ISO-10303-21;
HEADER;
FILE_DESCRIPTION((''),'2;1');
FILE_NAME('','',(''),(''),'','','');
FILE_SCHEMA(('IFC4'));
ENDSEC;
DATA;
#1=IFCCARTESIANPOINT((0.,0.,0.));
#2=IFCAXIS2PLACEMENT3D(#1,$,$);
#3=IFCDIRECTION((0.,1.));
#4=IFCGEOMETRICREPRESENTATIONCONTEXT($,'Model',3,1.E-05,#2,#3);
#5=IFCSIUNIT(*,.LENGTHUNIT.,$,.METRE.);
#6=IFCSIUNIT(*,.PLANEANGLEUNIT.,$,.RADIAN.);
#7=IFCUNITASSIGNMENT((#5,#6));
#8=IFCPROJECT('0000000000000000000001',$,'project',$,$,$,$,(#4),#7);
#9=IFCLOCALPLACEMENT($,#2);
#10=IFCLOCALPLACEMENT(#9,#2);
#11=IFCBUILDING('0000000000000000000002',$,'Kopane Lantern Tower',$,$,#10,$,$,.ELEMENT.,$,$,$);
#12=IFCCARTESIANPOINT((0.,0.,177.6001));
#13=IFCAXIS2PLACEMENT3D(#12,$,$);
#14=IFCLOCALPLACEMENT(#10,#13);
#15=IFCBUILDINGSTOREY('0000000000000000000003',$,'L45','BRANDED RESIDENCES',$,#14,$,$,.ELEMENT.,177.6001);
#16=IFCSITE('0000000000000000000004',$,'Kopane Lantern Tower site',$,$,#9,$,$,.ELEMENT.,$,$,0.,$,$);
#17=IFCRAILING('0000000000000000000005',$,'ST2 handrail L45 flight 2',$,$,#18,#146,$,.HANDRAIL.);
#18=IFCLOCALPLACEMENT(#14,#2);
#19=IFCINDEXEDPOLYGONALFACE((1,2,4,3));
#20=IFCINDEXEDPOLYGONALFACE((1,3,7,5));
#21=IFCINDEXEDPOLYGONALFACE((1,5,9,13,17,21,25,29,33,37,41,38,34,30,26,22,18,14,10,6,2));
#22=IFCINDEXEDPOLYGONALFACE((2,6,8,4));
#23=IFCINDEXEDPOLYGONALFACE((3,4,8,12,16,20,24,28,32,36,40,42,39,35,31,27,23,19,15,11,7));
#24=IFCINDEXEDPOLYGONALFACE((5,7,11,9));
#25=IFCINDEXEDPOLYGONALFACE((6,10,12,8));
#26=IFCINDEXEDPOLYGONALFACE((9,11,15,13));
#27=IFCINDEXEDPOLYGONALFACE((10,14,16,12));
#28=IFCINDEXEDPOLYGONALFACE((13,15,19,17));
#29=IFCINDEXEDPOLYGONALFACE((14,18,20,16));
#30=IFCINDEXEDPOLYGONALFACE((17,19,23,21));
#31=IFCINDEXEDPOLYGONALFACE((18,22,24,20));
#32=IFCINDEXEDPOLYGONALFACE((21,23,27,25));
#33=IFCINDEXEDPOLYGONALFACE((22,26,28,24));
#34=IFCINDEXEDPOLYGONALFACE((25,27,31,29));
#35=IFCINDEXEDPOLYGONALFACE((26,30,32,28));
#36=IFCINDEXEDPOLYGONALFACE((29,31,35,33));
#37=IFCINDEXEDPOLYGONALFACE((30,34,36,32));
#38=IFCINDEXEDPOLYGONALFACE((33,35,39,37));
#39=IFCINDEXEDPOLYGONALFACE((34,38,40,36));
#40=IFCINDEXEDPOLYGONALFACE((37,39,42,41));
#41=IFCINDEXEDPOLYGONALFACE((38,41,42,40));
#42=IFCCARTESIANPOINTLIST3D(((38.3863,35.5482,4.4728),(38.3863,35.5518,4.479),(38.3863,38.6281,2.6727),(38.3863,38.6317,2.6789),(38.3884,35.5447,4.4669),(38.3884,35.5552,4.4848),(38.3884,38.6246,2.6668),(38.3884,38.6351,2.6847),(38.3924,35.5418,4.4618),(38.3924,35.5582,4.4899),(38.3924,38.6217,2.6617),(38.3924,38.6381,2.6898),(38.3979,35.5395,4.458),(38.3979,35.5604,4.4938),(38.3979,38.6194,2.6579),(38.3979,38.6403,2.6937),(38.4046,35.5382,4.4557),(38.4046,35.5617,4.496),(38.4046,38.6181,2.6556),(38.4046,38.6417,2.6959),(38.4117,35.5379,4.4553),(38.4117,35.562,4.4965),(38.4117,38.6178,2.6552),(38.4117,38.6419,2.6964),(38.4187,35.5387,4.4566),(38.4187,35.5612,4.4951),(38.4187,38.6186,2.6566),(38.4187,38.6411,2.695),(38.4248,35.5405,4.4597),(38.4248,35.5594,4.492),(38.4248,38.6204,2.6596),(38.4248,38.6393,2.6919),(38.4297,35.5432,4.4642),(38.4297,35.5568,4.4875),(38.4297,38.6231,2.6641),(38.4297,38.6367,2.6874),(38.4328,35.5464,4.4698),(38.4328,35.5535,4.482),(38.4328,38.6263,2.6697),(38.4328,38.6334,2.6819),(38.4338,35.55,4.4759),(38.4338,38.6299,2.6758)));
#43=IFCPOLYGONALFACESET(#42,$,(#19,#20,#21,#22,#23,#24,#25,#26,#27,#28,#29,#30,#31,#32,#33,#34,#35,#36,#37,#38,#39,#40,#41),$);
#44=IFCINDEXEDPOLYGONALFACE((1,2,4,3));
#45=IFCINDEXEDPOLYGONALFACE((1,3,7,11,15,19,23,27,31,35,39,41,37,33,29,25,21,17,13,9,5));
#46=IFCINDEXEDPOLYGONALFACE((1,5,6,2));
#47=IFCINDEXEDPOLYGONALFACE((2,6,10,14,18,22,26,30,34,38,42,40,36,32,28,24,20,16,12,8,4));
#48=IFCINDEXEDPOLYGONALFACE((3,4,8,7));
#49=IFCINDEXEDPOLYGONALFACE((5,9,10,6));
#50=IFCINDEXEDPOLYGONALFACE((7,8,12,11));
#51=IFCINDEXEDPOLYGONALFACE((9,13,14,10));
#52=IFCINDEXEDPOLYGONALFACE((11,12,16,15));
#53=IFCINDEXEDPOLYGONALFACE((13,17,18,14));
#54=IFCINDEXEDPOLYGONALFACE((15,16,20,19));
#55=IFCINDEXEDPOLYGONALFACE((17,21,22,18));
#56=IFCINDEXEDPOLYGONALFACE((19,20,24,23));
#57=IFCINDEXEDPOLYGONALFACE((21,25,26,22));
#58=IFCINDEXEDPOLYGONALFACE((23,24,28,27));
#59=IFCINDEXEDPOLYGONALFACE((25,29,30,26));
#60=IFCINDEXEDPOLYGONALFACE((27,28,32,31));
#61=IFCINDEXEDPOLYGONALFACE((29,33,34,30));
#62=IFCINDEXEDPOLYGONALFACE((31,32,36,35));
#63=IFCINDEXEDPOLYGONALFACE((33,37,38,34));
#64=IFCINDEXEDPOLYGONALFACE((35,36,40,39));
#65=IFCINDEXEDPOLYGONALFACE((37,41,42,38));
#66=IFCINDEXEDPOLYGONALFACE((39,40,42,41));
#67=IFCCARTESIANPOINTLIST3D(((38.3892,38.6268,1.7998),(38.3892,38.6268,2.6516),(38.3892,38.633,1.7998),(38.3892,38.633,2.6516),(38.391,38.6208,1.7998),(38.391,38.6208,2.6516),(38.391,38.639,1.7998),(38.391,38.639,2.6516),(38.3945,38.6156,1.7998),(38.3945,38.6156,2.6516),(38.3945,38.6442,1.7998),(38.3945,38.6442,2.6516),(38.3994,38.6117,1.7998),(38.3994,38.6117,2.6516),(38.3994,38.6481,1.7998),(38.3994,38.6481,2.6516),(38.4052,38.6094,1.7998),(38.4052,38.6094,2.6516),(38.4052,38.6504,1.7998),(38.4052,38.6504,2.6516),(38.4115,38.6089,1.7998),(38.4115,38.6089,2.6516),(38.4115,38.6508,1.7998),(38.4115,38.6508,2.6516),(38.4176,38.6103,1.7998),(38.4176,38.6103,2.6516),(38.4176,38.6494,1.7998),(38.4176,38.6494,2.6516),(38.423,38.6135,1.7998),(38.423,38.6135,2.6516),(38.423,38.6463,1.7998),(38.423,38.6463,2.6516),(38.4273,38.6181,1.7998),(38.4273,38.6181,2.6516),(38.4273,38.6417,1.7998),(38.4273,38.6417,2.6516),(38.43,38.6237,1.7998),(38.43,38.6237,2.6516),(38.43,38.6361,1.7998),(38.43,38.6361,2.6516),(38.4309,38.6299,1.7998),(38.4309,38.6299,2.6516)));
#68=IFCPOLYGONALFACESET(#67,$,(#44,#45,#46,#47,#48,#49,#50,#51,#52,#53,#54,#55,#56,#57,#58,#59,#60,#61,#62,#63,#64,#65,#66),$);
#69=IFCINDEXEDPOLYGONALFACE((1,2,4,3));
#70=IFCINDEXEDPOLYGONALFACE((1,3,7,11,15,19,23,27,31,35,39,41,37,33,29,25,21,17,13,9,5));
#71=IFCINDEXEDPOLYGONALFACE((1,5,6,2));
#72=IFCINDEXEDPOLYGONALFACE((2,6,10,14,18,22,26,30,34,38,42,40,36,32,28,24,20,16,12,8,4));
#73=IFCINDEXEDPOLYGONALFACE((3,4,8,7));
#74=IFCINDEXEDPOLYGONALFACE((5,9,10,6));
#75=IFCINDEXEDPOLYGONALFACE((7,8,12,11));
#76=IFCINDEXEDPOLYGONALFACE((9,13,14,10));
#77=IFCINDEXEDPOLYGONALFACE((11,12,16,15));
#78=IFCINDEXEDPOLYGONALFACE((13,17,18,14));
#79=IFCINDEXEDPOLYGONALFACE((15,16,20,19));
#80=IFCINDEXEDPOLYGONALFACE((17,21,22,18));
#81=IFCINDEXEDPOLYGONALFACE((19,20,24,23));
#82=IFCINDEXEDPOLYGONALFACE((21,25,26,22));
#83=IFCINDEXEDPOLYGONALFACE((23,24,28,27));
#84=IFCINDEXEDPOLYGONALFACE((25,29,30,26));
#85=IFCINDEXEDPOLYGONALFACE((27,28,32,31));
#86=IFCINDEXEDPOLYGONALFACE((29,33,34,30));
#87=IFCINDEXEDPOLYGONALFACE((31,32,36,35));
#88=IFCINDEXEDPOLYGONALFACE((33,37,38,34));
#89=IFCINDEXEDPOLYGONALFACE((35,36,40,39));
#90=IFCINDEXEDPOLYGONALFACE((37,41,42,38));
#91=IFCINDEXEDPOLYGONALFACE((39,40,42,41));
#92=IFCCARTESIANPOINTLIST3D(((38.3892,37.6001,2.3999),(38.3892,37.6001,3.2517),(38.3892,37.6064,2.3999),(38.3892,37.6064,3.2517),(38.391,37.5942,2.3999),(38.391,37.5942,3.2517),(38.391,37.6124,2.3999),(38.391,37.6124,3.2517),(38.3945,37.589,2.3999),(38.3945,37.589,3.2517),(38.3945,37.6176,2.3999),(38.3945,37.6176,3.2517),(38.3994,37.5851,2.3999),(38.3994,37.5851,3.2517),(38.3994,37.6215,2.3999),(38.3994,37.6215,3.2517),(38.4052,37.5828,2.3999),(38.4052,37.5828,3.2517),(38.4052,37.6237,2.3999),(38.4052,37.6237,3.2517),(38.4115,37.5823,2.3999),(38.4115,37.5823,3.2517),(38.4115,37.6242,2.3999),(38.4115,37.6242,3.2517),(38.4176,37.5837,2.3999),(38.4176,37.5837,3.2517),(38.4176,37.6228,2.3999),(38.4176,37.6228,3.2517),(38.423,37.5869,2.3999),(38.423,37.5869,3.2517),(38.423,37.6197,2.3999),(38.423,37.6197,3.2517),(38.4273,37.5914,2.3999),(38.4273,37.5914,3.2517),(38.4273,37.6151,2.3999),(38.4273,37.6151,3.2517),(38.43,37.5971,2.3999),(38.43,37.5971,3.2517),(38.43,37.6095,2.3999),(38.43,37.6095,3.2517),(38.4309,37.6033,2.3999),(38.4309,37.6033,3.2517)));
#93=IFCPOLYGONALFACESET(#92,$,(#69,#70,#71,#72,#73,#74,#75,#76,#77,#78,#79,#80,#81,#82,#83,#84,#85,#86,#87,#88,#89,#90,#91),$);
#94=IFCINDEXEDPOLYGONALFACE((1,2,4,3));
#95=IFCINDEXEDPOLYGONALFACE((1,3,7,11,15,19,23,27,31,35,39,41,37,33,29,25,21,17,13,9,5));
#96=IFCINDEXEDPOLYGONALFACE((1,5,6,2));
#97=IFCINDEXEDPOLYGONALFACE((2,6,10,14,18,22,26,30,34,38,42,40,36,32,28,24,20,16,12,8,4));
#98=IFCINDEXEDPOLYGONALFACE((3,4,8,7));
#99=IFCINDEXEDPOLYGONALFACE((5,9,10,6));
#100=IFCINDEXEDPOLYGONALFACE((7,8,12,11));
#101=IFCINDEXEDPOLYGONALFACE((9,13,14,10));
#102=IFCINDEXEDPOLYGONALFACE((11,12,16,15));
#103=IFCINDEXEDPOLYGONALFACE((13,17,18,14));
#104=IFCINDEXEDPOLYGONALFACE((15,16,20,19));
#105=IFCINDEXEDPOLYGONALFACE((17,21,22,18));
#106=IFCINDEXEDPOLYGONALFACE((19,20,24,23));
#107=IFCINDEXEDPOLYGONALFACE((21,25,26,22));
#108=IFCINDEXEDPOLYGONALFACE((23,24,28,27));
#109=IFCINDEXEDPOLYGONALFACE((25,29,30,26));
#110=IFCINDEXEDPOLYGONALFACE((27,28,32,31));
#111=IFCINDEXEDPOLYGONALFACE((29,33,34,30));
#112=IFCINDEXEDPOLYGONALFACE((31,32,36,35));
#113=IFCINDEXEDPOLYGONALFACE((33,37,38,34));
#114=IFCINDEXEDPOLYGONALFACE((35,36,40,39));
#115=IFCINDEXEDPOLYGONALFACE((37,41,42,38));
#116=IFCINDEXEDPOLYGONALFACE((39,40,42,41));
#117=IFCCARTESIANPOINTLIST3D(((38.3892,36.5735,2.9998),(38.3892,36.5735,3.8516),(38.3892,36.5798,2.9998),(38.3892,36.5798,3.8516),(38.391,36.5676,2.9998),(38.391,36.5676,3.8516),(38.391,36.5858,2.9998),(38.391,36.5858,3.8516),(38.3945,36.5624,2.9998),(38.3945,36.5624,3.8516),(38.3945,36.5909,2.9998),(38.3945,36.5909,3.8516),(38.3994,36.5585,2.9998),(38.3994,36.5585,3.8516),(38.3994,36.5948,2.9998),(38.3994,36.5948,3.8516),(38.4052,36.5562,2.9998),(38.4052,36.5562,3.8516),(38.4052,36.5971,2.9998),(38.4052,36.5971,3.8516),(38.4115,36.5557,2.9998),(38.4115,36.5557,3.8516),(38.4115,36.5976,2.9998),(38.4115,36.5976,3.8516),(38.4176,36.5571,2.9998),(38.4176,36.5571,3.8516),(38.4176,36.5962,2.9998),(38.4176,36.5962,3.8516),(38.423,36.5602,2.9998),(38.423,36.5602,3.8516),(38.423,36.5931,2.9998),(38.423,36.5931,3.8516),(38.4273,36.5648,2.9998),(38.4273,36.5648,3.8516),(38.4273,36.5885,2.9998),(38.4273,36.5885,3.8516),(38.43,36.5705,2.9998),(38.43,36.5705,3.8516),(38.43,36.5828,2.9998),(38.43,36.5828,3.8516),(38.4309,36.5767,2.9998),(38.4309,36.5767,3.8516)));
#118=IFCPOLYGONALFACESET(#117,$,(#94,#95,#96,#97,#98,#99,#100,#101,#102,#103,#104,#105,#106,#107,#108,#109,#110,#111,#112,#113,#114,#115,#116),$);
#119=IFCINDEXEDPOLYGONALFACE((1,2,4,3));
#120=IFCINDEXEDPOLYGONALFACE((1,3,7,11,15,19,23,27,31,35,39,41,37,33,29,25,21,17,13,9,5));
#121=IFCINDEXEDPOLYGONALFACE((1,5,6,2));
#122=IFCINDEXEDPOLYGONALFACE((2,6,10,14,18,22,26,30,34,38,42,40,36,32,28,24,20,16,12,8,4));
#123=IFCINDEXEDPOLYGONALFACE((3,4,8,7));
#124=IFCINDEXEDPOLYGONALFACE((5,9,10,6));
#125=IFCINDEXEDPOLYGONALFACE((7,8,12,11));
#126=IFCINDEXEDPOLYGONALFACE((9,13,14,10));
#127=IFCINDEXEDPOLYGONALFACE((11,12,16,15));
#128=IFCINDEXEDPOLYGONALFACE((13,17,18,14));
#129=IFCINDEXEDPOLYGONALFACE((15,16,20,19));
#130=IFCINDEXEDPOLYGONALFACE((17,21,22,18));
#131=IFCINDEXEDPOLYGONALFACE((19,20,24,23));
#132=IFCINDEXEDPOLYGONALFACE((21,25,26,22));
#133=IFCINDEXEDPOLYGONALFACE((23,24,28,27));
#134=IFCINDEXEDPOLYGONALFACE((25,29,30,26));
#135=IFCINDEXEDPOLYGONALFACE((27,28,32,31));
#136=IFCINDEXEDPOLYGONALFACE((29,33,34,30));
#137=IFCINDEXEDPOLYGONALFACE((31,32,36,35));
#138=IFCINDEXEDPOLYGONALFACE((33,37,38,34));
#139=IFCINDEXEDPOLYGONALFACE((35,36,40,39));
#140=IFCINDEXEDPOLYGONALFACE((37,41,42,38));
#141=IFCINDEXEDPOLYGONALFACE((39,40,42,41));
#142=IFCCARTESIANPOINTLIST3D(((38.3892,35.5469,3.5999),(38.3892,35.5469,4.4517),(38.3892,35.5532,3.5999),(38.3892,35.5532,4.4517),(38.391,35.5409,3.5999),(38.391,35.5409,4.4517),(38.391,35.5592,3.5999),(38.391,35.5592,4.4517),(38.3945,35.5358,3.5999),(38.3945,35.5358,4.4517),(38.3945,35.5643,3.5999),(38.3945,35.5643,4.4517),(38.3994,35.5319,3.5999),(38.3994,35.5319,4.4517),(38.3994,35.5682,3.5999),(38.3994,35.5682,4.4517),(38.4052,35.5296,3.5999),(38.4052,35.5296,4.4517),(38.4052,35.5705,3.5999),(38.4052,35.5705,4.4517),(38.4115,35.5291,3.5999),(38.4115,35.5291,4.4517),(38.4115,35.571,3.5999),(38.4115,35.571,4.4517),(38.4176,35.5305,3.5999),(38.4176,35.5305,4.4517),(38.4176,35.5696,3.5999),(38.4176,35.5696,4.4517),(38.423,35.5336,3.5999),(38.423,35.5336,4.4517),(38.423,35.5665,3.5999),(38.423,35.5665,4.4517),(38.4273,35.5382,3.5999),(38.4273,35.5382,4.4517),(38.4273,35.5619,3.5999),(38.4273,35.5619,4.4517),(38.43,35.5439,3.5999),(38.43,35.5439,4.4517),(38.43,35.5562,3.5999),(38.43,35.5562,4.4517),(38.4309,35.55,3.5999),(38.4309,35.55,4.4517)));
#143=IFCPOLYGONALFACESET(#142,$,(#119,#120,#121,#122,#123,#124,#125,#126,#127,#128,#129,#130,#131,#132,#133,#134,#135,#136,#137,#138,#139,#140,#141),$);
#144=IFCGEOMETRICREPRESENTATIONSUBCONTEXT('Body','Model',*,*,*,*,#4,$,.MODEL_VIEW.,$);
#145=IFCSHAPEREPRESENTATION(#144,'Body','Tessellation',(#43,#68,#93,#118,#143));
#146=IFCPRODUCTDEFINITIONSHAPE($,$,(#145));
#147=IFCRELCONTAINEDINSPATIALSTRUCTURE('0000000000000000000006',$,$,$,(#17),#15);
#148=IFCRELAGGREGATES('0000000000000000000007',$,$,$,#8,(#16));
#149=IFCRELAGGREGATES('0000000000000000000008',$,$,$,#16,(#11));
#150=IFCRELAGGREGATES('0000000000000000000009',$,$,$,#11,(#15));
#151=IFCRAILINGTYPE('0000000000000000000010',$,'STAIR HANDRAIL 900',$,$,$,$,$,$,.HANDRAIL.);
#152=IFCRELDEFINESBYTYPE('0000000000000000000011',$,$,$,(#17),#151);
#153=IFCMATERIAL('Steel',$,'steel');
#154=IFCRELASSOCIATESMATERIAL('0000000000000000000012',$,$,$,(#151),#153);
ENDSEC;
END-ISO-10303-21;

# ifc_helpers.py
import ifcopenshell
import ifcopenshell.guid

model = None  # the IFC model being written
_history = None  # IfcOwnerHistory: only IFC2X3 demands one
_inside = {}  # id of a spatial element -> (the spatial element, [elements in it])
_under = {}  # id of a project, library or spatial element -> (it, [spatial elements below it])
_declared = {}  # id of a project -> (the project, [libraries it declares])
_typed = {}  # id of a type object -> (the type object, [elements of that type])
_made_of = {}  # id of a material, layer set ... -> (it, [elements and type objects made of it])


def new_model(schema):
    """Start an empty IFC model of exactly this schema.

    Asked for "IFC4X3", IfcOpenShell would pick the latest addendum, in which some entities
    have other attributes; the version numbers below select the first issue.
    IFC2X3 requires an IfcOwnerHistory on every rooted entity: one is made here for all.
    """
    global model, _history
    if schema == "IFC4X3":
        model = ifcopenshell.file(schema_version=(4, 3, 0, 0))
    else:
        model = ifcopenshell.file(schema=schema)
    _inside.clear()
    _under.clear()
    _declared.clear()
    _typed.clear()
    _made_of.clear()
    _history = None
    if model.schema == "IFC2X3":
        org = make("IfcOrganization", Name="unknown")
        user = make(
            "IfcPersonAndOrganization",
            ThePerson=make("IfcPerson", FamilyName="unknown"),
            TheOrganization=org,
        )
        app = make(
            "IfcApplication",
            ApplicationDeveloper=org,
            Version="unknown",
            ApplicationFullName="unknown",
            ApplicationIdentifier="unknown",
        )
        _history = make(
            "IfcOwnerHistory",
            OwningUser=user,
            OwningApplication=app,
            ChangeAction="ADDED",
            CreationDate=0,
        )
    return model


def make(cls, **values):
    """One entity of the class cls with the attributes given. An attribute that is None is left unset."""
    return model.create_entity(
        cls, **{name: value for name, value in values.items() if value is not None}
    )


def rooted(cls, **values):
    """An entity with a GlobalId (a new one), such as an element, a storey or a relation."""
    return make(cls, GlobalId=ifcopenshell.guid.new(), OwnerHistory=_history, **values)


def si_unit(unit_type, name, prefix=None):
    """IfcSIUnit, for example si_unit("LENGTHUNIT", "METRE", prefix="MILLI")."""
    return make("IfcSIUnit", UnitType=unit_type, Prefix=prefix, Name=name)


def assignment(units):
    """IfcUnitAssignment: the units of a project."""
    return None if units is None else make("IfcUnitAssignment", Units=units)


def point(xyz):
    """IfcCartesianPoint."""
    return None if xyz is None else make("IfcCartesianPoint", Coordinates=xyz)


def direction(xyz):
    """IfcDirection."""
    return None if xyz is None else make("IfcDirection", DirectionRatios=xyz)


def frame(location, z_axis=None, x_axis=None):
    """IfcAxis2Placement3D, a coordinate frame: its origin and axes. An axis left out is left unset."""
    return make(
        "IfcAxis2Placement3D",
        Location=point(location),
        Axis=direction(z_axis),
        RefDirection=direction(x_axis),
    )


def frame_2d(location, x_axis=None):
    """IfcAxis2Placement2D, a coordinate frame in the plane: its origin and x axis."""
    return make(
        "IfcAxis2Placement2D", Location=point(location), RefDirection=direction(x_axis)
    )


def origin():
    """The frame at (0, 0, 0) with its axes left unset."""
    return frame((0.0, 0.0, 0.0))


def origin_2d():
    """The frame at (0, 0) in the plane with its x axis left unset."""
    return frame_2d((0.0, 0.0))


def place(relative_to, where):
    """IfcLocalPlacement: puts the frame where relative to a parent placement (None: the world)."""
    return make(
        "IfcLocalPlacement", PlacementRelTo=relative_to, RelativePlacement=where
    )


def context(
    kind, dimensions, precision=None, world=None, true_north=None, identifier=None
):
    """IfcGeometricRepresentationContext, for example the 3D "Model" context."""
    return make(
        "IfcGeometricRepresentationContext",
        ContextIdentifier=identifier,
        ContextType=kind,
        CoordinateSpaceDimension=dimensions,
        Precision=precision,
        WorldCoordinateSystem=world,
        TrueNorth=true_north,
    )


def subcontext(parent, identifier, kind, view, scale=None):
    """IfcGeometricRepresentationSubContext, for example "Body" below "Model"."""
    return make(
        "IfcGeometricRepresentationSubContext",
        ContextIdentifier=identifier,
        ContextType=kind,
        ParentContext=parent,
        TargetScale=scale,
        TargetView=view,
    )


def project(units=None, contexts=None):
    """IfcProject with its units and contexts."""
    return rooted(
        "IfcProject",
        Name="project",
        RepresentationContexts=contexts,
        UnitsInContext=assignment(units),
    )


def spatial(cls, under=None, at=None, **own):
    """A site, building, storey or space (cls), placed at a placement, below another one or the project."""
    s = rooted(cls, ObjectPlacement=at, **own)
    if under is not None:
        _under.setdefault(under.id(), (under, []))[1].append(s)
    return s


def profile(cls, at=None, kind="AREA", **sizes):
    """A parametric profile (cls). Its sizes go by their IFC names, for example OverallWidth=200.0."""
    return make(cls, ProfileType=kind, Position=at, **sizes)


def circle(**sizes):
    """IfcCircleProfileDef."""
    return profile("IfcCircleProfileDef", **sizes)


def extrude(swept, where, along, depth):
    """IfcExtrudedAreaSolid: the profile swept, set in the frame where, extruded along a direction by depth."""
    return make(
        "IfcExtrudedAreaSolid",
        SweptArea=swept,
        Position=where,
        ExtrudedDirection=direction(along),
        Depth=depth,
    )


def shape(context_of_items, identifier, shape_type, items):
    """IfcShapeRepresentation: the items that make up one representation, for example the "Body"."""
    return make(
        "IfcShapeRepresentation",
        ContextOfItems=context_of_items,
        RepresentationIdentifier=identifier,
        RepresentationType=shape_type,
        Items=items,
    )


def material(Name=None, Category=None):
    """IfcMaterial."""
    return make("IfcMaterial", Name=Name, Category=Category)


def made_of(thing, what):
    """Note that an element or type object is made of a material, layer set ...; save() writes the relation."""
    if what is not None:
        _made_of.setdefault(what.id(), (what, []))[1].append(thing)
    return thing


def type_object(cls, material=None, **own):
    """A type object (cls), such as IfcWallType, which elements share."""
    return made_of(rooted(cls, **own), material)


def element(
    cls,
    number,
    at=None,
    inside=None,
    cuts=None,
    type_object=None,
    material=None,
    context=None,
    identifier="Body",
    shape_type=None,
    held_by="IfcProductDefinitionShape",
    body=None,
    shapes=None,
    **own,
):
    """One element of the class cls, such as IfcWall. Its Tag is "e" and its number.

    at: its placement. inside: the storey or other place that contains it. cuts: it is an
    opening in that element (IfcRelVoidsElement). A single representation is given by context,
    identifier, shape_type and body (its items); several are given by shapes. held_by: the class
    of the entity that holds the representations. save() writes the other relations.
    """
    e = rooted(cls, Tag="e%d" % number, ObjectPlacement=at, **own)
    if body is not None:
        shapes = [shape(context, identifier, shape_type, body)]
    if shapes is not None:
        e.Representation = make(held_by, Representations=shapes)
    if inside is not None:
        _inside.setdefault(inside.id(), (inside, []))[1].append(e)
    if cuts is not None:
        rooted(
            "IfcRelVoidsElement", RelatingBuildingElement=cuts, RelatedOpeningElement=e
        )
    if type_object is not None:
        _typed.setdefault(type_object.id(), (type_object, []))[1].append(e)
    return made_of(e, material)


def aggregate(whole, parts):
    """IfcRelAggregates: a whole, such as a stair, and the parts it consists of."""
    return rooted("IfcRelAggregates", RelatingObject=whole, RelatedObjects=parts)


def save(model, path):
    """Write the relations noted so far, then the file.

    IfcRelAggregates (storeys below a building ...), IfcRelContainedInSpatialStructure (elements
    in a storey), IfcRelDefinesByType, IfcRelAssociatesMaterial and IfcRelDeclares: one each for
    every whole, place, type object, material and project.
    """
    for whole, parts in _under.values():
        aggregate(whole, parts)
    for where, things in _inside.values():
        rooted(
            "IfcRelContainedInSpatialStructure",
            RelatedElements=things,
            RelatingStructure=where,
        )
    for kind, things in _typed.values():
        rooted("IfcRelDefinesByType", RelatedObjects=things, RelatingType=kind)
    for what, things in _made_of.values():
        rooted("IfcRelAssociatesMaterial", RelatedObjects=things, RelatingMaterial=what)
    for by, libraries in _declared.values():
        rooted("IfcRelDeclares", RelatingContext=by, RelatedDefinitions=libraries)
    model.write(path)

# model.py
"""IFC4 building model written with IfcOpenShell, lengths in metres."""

from ifc_helpers import new_model, si_unit, direction, frame, origin, origin_2d, place, context, subcontext, project, spatial, circle, extrude, material, type_object, element, save


model = new_model("IFC4")

# Units and contexts
model_context = context("Model", 3, precision=1e-05, world=origin(), true_north=direction((0.0, 1.0)))
body_context = subcontext(model_context, "Body", "Model", "MODEL_VIEW")
ifc_project = project(units=[si_unit("LENGTHUNIT", "METRE"), si_unit("PLANEANGLEUNIT", "RADIAN")], contexts=[model_context])

# Site, building, storey
site_placement = place(None, origin())
site = spatial("IfcSite", under=ifc_project, at=site_placement, Name="Kopane Lantern Tower site", CompositionType="ELEMENT", RefElevation=0.0)
building_placement = place(site_placement, origin())
building = spatial("IfcBuilding", under=site, at=building_placement, Name="Kopane Lantern Tower", CompositionType="ELEMENT")
storey_placement = place(building_placement, frame((0.0, 0.0, 177.6001)))
storey = spatial("IfcBuildingStorey", under=building, at=storey_placement, Name="L45", Description="BRANDED RESIDENCES", CompositionType="ELEMENT", Elevation=177.6001)

# Railing
ifc_material_1 = material(Name="Steel", Category="steel")
railing_type_1 = type_object("IfcRailingType", Name="STAIR HANDRAIL 900", PredefinedType="HANDRAIL", material=ifc_material_1)
for number, where, name in (
    (1, (38.4099, 38.6299, 1.7998), "ST2 handrail L45 flight 2"),
):
    element("IfcRailing", number, at=place(storey_placement, frame(where)), inside=storey, type_object=railing_type_1, Name=name, PredefinedType="HANDRAIL", context=body_context, shape_type="SweptSolid", body=[
        extrude(circle(Radius=0.0239, at=origin_2d()), frame((0.0, 0.0, 0.876), z_axis=(0.0, -0.863354, 0.504598), x_axis=(1.0, 0.0, 0.0)), (0.0, 0.0, 1.0), 3.5674),
        extrude(circle(Radius=0.021, at=origin_2d()), origin(), (0.0, 0.0, 1.0), 0.8518),
        extrude(circle(Radius=0.021, at=origin_2d()), frame((0.0, -1.0266, 0.6001)), (0.0, 0.0, 1.0), 0.8518),
        extrude(circle(Radius=0.021, at=origin_2d()), frame((0.0, -2.0532, 1.2)), (0.0, 0.0, 1.0), 0.8518),
        extrude(circle(Radius=0.021, at=origin_2d()), frame((0.0, -3.0798, 1.8)), (0.0, 0.0, 1.0), 0.8518),
    ])

save(model, "model.ifc")
